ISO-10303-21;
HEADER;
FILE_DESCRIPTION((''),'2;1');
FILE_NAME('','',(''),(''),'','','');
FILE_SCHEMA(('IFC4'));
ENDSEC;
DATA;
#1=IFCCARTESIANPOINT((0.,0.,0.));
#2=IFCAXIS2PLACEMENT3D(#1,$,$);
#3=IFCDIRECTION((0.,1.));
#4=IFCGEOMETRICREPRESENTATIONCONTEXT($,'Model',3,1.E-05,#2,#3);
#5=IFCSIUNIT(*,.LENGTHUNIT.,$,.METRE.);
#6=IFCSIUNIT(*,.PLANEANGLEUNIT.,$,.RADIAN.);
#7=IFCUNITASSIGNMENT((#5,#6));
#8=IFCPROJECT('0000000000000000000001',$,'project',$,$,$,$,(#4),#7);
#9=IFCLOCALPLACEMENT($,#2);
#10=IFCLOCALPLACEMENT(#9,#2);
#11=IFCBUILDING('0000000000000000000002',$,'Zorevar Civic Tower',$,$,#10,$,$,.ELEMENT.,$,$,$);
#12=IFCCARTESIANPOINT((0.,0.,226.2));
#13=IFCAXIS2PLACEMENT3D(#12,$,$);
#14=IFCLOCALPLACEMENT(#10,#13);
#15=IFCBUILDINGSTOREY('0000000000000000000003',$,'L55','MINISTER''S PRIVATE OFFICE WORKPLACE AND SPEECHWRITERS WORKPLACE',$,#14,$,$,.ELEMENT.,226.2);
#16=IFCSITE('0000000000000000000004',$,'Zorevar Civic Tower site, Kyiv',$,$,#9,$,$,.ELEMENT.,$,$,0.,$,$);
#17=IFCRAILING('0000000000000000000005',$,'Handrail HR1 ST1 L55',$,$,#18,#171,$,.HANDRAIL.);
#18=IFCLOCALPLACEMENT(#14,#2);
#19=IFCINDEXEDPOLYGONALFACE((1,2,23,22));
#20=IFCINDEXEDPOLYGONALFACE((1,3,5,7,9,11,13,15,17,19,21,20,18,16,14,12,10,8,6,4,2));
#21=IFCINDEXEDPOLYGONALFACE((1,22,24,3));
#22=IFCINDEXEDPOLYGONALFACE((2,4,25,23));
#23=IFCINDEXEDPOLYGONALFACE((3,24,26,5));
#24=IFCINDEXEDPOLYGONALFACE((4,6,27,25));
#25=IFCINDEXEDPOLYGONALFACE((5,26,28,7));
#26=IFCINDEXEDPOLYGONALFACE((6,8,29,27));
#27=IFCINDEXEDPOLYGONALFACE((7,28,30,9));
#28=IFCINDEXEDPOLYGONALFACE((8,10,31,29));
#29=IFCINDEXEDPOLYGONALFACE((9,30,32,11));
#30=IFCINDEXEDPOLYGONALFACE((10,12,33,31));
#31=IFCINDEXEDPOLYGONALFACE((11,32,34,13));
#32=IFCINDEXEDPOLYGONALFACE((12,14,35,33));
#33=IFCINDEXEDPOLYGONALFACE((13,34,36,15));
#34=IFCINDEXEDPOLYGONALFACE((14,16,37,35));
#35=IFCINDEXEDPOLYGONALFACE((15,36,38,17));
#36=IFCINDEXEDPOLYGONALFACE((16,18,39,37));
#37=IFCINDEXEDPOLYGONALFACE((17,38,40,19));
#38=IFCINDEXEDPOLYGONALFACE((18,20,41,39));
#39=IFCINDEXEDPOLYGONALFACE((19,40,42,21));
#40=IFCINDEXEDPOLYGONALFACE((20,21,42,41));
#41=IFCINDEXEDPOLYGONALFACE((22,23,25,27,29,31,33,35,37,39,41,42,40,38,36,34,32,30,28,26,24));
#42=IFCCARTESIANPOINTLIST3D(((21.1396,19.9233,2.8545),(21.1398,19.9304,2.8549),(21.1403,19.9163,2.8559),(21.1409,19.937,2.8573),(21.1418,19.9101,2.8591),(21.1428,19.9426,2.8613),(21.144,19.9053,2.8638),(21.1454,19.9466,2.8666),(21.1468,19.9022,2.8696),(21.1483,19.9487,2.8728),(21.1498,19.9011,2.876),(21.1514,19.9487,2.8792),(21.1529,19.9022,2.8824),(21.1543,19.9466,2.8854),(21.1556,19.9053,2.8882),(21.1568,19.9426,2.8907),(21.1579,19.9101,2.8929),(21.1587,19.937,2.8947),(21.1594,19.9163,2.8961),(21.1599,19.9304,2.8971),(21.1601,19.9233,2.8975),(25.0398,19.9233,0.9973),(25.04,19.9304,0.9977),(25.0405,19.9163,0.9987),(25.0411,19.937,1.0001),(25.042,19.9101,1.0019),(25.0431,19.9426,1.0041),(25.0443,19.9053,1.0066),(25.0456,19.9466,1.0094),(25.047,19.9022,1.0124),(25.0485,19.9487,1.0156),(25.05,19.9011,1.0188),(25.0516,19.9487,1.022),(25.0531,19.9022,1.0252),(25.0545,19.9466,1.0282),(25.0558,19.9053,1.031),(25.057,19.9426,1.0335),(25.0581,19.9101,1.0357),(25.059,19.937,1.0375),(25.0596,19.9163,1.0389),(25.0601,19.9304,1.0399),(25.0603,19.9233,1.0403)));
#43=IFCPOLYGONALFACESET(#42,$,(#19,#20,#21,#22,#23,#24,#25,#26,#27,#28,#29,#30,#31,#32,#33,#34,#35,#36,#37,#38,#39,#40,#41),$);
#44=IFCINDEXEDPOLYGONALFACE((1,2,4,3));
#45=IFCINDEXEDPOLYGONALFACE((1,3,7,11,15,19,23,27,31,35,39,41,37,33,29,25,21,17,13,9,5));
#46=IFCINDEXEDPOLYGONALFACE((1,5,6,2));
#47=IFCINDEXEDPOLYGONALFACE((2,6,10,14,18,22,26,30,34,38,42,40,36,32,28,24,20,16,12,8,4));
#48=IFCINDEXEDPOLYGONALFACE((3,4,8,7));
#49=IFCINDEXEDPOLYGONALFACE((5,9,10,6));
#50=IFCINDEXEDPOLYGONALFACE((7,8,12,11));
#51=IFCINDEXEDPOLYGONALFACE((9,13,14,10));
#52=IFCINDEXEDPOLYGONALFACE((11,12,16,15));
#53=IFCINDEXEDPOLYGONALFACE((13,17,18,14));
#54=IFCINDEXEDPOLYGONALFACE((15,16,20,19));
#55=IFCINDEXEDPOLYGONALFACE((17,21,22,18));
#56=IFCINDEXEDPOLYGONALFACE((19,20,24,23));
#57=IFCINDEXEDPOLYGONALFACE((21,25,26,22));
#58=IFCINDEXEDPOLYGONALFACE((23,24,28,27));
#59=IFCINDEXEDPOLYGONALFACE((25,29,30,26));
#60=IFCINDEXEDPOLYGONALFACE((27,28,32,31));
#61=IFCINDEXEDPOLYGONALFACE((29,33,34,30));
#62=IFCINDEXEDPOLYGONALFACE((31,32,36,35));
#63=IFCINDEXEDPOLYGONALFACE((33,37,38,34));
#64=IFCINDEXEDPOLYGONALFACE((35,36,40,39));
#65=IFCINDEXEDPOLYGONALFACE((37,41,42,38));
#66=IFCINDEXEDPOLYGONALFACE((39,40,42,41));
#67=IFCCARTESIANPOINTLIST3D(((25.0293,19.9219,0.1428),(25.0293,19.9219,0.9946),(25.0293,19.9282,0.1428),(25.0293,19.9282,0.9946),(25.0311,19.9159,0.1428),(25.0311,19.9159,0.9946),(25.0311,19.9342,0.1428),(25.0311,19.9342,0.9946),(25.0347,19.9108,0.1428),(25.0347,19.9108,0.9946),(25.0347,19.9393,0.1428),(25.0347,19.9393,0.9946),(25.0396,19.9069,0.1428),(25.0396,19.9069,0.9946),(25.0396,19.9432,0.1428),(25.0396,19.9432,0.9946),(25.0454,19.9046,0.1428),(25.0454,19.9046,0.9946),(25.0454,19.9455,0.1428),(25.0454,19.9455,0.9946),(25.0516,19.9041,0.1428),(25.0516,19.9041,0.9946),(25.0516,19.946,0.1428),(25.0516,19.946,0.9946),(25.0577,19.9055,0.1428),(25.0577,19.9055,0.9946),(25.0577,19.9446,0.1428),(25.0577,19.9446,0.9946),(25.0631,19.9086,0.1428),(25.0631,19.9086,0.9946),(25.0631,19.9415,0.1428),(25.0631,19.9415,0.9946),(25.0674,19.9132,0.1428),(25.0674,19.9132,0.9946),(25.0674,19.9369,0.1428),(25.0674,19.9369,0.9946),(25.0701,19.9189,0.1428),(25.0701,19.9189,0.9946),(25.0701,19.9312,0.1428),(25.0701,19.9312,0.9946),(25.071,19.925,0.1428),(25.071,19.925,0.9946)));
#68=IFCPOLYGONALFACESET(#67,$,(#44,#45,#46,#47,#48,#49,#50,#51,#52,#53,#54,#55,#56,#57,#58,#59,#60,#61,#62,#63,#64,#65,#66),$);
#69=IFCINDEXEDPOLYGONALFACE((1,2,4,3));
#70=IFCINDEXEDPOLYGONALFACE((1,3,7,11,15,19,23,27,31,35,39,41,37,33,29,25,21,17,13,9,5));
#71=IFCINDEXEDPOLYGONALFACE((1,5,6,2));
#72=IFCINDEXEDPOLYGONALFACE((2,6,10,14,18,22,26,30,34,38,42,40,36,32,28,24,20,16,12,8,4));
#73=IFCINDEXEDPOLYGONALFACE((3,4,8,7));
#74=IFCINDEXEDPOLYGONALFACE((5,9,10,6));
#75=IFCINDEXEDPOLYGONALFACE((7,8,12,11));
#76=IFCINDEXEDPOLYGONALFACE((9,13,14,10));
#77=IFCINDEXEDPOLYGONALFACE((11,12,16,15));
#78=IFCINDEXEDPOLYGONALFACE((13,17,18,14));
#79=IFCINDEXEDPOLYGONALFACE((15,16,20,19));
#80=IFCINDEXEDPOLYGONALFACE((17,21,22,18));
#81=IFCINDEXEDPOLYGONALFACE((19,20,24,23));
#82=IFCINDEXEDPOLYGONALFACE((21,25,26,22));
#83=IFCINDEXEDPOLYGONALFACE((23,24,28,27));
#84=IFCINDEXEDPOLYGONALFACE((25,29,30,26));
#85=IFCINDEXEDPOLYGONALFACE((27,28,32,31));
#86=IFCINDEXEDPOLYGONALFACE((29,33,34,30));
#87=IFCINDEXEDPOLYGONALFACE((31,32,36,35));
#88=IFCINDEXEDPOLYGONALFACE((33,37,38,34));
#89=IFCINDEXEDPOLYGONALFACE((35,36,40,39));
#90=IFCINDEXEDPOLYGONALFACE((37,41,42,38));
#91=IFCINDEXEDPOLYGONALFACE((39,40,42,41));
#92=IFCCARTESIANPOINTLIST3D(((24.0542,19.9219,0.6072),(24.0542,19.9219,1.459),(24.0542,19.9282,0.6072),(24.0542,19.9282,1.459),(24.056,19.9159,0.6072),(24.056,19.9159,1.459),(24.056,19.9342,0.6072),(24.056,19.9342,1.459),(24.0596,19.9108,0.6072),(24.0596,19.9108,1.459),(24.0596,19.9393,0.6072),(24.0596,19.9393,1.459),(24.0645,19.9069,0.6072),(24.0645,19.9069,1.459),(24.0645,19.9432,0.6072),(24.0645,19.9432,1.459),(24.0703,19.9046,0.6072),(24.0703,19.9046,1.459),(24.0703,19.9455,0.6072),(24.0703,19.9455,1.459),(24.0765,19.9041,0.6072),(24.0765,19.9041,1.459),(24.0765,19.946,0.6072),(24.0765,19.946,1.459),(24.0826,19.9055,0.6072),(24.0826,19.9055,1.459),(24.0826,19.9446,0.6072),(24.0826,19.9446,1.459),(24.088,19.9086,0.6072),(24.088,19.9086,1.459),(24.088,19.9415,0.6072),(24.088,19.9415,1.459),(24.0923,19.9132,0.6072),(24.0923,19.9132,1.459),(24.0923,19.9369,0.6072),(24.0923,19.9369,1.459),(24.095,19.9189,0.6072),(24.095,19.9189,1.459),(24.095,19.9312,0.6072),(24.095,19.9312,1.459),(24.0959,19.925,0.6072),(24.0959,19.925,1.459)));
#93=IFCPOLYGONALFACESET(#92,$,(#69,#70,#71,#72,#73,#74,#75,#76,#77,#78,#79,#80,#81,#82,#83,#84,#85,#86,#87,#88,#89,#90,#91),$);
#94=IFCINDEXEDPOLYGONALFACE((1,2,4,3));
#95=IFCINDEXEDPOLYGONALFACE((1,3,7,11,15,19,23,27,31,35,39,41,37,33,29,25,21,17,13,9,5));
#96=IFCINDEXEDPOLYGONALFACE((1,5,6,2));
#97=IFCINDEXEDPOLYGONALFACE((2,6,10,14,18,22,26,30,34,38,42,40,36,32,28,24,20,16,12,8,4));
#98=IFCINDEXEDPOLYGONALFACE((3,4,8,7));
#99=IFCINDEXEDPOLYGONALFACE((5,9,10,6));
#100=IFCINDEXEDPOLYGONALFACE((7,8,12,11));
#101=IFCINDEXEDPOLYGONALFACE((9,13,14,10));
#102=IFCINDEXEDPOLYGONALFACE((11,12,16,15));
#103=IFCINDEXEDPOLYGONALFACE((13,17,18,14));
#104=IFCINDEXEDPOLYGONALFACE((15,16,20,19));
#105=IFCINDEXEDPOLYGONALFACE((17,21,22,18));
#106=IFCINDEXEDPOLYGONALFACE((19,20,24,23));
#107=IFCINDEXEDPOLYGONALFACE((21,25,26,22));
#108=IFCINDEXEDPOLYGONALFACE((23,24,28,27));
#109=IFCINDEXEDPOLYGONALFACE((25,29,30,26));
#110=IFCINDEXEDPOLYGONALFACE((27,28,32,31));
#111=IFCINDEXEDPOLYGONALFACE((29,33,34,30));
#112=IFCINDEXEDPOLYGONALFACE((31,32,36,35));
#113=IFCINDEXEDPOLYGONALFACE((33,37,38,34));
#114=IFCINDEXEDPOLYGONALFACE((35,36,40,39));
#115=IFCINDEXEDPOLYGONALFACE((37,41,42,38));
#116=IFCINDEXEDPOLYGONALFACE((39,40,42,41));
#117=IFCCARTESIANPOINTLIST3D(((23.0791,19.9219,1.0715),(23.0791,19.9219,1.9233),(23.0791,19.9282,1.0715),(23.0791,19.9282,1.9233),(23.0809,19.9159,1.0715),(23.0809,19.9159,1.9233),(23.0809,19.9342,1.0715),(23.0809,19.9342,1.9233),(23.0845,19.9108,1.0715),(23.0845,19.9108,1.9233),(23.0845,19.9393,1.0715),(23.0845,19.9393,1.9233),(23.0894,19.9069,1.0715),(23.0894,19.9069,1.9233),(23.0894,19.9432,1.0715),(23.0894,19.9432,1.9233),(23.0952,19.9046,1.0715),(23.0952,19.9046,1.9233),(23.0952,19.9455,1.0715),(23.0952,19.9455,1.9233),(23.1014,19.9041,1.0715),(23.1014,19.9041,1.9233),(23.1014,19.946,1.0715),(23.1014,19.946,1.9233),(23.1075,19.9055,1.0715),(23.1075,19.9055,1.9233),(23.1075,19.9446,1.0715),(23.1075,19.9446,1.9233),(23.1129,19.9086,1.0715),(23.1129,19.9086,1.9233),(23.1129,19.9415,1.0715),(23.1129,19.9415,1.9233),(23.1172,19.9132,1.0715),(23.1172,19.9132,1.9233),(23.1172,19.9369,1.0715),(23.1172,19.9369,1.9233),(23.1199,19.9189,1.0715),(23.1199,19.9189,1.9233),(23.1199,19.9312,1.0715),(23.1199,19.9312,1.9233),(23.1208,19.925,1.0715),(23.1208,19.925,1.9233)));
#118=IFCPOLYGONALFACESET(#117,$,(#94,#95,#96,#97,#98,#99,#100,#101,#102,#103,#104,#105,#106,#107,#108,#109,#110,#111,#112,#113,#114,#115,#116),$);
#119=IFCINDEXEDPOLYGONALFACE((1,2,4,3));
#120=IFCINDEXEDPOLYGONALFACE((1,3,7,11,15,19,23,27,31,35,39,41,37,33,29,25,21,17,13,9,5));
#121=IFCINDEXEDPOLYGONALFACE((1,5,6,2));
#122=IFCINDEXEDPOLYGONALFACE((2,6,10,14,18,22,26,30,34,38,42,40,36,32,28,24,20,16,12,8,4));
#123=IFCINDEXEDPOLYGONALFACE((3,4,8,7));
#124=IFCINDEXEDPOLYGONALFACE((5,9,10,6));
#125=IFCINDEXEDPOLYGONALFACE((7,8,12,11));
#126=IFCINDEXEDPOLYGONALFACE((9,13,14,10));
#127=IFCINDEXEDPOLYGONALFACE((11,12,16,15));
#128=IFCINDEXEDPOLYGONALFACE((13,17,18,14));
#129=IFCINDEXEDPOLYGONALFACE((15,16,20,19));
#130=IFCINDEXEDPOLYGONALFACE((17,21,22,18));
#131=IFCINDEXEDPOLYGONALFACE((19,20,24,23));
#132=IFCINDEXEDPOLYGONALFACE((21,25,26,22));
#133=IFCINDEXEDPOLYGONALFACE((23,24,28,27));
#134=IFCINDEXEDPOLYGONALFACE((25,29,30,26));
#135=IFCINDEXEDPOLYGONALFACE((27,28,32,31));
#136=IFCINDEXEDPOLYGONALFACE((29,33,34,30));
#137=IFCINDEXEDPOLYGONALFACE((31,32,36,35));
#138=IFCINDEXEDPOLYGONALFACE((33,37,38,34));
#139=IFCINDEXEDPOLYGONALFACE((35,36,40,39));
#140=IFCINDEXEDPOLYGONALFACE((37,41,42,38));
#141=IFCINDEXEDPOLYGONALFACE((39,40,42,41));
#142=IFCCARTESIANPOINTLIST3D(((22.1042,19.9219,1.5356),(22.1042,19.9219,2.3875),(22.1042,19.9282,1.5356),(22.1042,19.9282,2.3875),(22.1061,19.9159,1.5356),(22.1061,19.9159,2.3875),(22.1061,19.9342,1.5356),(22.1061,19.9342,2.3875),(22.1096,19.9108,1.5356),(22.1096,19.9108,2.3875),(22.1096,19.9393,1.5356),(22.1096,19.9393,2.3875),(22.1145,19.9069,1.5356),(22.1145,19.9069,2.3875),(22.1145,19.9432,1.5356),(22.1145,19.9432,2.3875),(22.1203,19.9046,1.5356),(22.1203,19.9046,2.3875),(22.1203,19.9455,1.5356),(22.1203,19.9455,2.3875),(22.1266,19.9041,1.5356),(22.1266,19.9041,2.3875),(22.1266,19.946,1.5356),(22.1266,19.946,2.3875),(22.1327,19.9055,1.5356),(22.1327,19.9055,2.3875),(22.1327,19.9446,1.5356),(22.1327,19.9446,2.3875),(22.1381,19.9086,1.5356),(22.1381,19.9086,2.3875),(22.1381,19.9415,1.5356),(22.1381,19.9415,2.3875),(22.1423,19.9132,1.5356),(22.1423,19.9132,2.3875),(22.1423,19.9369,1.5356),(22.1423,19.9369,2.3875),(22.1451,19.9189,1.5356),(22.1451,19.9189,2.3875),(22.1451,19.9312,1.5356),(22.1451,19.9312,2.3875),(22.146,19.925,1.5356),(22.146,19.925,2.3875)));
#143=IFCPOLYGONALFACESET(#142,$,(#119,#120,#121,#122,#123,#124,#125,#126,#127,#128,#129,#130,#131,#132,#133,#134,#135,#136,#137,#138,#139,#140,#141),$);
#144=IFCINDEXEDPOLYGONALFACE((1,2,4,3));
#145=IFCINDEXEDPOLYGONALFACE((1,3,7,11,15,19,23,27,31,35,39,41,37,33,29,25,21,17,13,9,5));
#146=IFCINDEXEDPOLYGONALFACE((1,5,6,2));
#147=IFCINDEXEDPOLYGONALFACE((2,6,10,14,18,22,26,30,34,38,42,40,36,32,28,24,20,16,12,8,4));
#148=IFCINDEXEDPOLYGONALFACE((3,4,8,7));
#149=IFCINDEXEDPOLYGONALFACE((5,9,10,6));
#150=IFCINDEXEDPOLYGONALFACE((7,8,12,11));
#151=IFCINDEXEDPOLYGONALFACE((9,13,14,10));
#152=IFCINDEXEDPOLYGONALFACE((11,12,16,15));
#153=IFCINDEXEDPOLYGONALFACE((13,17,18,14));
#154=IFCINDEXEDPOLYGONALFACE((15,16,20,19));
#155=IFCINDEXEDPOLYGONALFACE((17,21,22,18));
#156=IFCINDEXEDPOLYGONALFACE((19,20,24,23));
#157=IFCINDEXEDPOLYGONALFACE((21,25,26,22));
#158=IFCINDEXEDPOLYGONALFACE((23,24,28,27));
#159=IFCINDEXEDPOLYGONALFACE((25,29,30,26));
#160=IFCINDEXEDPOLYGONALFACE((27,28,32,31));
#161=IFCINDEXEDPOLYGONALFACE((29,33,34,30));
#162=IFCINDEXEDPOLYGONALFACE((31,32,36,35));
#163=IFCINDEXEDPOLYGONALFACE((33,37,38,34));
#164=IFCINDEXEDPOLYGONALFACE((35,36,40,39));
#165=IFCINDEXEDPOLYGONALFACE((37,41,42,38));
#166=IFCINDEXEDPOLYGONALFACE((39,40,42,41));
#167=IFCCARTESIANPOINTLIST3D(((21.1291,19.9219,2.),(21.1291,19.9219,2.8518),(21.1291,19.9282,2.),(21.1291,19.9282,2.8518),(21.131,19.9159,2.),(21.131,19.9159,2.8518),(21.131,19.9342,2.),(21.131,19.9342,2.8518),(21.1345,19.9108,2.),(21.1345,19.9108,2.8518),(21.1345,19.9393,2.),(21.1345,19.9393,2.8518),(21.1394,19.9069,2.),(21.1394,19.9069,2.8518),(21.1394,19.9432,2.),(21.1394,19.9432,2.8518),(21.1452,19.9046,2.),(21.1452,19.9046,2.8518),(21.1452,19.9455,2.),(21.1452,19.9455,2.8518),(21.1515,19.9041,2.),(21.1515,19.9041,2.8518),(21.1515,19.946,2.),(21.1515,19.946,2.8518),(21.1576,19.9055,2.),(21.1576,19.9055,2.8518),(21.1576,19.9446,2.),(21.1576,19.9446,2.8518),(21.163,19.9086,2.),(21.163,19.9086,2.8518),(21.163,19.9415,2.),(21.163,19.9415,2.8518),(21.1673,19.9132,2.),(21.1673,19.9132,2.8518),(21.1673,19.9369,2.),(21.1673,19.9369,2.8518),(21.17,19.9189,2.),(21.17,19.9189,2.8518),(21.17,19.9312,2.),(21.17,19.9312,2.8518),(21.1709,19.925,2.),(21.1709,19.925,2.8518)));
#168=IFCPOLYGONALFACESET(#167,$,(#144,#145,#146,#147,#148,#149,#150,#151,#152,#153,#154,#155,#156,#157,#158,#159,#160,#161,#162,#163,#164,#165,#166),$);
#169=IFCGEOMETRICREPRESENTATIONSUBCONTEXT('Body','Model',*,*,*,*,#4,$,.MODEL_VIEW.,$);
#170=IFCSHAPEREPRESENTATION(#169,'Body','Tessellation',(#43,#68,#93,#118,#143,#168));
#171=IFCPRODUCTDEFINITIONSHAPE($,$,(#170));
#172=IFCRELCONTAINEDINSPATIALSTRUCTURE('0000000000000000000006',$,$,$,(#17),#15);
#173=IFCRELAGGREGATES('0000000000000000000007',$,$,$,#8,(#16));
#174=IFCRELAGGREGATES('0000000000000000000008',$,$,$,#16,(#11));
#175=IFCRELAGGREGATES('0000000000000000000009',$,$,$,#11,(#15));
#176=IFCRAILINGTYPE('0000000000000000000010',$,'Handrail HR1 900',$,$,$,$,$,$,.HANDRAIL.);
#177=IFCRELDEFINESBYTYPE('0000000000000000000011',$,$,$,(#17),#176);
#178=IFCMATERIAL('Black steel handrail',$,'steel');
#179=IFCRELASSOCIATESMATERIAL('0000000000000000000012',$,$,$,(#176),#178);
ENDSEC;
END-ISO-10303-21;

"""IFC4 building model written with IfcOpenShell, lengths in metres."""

from ifc_helpers import new_model, si_unit, direction, frame, origin, origin_2d, place, context, subcontext, project, spatial, circle, extrude, material, type_object, element, save


model = new_model("IFC4")

# Units and contexts
model_context = context("Model", 3, precision=1e-05, world=origin(), true_north=direction((0.0, 1.0)))
body_context = subcontext(model_context, "Body", "Model", "MODEL_VIEW")
ifc_project = project(units=[si_unit("LENGTHUNIT", "METRE"), si_unit("PLANEANGLEUNIT", "RADIAN")], contexts=[model_context])

# Site, building, storey
site_placement = place(None, origin())
site = spatial("IfcSite", under=ifc_project, at=site_placement, Name="Zorevar Civic Tower site, Kyiv", CompositionType="ELEMENT", RefElevation=0.0)
building_placement = place(site_placement, origin())
building = spatial("IfcBuilding", under=site, at=building_placement, Name="Zorevar Civic Tower", CompositionType="ELEMENT")
storey_placement = place(building_placement, frame((0.0, 0.0, 226.2)))
storey = spatial("IfcBuildingStorey", under=building, at=storey_placement, Name="L55", Description="MINISTER'S PRIVATE OFFICE WORKPLACE AND SPEECHWRITERS WORKPLACE", CompositionType="ELEMENT", Elevation=226.2)

# Railing
ifc_material_1 = material(Name="Black steel handrail", Category="steel")
railing_type = type_object("IfcRailingType", Name="Handrail HR1 900", PredefinedType="HANDRAIL", material=ifc_material_1)
railing_1_placement = place(storey_placement, frame((25.05, 19.925, 0.1428)))
element("IfcRailing", 1, at=railing_1_placement, inside=storey, type_object=railing_type, Name="Handrail HR1 ST1 L55", PredefinedType="HANDRAIL", context=body_context, shape_type="SweptSolid", body=[
    extrude(circle(Radius=0.0239, at=origin_2d()), frame((0.0, 0.0, 0.876), z_axis=(-0.902864, 0.0, 0.429927), x_axis=(0.0, -1.0, 0.0)), (0.0, 0.0, 1.0), 4.3198),
    extrude(circle(Radius=0.021, at=origin_2d()), origin(), (0.0, 0.0, 1.0), 0.8518),
    extrude(circle(Radius=0.021, at=origin_2d()), frame((-0.9751, 0.0, 0.4644)), (0.0, 0.0, 1.0), 0.8518),
    extrude(circle(Radius=0.021, at=origin_2d()), frame((-1.9502, 0.0, 0.9287)), (0.0, 0.0, 1.0), 0.8518),
    extrude(circle(Radius=0.021, at=origin_2d()), frame((-2.925, 0.0, 1.3928)), (0.0, 0.0, 1.0), 0.8518),
    extrude(circle(Radius=0.021, at=origin_2d()), frame((-3.9001, 0.0, 1.8572)), (0.0, 0.0, 1.0), 0.8518),
])

save(model, "model.ifc")
